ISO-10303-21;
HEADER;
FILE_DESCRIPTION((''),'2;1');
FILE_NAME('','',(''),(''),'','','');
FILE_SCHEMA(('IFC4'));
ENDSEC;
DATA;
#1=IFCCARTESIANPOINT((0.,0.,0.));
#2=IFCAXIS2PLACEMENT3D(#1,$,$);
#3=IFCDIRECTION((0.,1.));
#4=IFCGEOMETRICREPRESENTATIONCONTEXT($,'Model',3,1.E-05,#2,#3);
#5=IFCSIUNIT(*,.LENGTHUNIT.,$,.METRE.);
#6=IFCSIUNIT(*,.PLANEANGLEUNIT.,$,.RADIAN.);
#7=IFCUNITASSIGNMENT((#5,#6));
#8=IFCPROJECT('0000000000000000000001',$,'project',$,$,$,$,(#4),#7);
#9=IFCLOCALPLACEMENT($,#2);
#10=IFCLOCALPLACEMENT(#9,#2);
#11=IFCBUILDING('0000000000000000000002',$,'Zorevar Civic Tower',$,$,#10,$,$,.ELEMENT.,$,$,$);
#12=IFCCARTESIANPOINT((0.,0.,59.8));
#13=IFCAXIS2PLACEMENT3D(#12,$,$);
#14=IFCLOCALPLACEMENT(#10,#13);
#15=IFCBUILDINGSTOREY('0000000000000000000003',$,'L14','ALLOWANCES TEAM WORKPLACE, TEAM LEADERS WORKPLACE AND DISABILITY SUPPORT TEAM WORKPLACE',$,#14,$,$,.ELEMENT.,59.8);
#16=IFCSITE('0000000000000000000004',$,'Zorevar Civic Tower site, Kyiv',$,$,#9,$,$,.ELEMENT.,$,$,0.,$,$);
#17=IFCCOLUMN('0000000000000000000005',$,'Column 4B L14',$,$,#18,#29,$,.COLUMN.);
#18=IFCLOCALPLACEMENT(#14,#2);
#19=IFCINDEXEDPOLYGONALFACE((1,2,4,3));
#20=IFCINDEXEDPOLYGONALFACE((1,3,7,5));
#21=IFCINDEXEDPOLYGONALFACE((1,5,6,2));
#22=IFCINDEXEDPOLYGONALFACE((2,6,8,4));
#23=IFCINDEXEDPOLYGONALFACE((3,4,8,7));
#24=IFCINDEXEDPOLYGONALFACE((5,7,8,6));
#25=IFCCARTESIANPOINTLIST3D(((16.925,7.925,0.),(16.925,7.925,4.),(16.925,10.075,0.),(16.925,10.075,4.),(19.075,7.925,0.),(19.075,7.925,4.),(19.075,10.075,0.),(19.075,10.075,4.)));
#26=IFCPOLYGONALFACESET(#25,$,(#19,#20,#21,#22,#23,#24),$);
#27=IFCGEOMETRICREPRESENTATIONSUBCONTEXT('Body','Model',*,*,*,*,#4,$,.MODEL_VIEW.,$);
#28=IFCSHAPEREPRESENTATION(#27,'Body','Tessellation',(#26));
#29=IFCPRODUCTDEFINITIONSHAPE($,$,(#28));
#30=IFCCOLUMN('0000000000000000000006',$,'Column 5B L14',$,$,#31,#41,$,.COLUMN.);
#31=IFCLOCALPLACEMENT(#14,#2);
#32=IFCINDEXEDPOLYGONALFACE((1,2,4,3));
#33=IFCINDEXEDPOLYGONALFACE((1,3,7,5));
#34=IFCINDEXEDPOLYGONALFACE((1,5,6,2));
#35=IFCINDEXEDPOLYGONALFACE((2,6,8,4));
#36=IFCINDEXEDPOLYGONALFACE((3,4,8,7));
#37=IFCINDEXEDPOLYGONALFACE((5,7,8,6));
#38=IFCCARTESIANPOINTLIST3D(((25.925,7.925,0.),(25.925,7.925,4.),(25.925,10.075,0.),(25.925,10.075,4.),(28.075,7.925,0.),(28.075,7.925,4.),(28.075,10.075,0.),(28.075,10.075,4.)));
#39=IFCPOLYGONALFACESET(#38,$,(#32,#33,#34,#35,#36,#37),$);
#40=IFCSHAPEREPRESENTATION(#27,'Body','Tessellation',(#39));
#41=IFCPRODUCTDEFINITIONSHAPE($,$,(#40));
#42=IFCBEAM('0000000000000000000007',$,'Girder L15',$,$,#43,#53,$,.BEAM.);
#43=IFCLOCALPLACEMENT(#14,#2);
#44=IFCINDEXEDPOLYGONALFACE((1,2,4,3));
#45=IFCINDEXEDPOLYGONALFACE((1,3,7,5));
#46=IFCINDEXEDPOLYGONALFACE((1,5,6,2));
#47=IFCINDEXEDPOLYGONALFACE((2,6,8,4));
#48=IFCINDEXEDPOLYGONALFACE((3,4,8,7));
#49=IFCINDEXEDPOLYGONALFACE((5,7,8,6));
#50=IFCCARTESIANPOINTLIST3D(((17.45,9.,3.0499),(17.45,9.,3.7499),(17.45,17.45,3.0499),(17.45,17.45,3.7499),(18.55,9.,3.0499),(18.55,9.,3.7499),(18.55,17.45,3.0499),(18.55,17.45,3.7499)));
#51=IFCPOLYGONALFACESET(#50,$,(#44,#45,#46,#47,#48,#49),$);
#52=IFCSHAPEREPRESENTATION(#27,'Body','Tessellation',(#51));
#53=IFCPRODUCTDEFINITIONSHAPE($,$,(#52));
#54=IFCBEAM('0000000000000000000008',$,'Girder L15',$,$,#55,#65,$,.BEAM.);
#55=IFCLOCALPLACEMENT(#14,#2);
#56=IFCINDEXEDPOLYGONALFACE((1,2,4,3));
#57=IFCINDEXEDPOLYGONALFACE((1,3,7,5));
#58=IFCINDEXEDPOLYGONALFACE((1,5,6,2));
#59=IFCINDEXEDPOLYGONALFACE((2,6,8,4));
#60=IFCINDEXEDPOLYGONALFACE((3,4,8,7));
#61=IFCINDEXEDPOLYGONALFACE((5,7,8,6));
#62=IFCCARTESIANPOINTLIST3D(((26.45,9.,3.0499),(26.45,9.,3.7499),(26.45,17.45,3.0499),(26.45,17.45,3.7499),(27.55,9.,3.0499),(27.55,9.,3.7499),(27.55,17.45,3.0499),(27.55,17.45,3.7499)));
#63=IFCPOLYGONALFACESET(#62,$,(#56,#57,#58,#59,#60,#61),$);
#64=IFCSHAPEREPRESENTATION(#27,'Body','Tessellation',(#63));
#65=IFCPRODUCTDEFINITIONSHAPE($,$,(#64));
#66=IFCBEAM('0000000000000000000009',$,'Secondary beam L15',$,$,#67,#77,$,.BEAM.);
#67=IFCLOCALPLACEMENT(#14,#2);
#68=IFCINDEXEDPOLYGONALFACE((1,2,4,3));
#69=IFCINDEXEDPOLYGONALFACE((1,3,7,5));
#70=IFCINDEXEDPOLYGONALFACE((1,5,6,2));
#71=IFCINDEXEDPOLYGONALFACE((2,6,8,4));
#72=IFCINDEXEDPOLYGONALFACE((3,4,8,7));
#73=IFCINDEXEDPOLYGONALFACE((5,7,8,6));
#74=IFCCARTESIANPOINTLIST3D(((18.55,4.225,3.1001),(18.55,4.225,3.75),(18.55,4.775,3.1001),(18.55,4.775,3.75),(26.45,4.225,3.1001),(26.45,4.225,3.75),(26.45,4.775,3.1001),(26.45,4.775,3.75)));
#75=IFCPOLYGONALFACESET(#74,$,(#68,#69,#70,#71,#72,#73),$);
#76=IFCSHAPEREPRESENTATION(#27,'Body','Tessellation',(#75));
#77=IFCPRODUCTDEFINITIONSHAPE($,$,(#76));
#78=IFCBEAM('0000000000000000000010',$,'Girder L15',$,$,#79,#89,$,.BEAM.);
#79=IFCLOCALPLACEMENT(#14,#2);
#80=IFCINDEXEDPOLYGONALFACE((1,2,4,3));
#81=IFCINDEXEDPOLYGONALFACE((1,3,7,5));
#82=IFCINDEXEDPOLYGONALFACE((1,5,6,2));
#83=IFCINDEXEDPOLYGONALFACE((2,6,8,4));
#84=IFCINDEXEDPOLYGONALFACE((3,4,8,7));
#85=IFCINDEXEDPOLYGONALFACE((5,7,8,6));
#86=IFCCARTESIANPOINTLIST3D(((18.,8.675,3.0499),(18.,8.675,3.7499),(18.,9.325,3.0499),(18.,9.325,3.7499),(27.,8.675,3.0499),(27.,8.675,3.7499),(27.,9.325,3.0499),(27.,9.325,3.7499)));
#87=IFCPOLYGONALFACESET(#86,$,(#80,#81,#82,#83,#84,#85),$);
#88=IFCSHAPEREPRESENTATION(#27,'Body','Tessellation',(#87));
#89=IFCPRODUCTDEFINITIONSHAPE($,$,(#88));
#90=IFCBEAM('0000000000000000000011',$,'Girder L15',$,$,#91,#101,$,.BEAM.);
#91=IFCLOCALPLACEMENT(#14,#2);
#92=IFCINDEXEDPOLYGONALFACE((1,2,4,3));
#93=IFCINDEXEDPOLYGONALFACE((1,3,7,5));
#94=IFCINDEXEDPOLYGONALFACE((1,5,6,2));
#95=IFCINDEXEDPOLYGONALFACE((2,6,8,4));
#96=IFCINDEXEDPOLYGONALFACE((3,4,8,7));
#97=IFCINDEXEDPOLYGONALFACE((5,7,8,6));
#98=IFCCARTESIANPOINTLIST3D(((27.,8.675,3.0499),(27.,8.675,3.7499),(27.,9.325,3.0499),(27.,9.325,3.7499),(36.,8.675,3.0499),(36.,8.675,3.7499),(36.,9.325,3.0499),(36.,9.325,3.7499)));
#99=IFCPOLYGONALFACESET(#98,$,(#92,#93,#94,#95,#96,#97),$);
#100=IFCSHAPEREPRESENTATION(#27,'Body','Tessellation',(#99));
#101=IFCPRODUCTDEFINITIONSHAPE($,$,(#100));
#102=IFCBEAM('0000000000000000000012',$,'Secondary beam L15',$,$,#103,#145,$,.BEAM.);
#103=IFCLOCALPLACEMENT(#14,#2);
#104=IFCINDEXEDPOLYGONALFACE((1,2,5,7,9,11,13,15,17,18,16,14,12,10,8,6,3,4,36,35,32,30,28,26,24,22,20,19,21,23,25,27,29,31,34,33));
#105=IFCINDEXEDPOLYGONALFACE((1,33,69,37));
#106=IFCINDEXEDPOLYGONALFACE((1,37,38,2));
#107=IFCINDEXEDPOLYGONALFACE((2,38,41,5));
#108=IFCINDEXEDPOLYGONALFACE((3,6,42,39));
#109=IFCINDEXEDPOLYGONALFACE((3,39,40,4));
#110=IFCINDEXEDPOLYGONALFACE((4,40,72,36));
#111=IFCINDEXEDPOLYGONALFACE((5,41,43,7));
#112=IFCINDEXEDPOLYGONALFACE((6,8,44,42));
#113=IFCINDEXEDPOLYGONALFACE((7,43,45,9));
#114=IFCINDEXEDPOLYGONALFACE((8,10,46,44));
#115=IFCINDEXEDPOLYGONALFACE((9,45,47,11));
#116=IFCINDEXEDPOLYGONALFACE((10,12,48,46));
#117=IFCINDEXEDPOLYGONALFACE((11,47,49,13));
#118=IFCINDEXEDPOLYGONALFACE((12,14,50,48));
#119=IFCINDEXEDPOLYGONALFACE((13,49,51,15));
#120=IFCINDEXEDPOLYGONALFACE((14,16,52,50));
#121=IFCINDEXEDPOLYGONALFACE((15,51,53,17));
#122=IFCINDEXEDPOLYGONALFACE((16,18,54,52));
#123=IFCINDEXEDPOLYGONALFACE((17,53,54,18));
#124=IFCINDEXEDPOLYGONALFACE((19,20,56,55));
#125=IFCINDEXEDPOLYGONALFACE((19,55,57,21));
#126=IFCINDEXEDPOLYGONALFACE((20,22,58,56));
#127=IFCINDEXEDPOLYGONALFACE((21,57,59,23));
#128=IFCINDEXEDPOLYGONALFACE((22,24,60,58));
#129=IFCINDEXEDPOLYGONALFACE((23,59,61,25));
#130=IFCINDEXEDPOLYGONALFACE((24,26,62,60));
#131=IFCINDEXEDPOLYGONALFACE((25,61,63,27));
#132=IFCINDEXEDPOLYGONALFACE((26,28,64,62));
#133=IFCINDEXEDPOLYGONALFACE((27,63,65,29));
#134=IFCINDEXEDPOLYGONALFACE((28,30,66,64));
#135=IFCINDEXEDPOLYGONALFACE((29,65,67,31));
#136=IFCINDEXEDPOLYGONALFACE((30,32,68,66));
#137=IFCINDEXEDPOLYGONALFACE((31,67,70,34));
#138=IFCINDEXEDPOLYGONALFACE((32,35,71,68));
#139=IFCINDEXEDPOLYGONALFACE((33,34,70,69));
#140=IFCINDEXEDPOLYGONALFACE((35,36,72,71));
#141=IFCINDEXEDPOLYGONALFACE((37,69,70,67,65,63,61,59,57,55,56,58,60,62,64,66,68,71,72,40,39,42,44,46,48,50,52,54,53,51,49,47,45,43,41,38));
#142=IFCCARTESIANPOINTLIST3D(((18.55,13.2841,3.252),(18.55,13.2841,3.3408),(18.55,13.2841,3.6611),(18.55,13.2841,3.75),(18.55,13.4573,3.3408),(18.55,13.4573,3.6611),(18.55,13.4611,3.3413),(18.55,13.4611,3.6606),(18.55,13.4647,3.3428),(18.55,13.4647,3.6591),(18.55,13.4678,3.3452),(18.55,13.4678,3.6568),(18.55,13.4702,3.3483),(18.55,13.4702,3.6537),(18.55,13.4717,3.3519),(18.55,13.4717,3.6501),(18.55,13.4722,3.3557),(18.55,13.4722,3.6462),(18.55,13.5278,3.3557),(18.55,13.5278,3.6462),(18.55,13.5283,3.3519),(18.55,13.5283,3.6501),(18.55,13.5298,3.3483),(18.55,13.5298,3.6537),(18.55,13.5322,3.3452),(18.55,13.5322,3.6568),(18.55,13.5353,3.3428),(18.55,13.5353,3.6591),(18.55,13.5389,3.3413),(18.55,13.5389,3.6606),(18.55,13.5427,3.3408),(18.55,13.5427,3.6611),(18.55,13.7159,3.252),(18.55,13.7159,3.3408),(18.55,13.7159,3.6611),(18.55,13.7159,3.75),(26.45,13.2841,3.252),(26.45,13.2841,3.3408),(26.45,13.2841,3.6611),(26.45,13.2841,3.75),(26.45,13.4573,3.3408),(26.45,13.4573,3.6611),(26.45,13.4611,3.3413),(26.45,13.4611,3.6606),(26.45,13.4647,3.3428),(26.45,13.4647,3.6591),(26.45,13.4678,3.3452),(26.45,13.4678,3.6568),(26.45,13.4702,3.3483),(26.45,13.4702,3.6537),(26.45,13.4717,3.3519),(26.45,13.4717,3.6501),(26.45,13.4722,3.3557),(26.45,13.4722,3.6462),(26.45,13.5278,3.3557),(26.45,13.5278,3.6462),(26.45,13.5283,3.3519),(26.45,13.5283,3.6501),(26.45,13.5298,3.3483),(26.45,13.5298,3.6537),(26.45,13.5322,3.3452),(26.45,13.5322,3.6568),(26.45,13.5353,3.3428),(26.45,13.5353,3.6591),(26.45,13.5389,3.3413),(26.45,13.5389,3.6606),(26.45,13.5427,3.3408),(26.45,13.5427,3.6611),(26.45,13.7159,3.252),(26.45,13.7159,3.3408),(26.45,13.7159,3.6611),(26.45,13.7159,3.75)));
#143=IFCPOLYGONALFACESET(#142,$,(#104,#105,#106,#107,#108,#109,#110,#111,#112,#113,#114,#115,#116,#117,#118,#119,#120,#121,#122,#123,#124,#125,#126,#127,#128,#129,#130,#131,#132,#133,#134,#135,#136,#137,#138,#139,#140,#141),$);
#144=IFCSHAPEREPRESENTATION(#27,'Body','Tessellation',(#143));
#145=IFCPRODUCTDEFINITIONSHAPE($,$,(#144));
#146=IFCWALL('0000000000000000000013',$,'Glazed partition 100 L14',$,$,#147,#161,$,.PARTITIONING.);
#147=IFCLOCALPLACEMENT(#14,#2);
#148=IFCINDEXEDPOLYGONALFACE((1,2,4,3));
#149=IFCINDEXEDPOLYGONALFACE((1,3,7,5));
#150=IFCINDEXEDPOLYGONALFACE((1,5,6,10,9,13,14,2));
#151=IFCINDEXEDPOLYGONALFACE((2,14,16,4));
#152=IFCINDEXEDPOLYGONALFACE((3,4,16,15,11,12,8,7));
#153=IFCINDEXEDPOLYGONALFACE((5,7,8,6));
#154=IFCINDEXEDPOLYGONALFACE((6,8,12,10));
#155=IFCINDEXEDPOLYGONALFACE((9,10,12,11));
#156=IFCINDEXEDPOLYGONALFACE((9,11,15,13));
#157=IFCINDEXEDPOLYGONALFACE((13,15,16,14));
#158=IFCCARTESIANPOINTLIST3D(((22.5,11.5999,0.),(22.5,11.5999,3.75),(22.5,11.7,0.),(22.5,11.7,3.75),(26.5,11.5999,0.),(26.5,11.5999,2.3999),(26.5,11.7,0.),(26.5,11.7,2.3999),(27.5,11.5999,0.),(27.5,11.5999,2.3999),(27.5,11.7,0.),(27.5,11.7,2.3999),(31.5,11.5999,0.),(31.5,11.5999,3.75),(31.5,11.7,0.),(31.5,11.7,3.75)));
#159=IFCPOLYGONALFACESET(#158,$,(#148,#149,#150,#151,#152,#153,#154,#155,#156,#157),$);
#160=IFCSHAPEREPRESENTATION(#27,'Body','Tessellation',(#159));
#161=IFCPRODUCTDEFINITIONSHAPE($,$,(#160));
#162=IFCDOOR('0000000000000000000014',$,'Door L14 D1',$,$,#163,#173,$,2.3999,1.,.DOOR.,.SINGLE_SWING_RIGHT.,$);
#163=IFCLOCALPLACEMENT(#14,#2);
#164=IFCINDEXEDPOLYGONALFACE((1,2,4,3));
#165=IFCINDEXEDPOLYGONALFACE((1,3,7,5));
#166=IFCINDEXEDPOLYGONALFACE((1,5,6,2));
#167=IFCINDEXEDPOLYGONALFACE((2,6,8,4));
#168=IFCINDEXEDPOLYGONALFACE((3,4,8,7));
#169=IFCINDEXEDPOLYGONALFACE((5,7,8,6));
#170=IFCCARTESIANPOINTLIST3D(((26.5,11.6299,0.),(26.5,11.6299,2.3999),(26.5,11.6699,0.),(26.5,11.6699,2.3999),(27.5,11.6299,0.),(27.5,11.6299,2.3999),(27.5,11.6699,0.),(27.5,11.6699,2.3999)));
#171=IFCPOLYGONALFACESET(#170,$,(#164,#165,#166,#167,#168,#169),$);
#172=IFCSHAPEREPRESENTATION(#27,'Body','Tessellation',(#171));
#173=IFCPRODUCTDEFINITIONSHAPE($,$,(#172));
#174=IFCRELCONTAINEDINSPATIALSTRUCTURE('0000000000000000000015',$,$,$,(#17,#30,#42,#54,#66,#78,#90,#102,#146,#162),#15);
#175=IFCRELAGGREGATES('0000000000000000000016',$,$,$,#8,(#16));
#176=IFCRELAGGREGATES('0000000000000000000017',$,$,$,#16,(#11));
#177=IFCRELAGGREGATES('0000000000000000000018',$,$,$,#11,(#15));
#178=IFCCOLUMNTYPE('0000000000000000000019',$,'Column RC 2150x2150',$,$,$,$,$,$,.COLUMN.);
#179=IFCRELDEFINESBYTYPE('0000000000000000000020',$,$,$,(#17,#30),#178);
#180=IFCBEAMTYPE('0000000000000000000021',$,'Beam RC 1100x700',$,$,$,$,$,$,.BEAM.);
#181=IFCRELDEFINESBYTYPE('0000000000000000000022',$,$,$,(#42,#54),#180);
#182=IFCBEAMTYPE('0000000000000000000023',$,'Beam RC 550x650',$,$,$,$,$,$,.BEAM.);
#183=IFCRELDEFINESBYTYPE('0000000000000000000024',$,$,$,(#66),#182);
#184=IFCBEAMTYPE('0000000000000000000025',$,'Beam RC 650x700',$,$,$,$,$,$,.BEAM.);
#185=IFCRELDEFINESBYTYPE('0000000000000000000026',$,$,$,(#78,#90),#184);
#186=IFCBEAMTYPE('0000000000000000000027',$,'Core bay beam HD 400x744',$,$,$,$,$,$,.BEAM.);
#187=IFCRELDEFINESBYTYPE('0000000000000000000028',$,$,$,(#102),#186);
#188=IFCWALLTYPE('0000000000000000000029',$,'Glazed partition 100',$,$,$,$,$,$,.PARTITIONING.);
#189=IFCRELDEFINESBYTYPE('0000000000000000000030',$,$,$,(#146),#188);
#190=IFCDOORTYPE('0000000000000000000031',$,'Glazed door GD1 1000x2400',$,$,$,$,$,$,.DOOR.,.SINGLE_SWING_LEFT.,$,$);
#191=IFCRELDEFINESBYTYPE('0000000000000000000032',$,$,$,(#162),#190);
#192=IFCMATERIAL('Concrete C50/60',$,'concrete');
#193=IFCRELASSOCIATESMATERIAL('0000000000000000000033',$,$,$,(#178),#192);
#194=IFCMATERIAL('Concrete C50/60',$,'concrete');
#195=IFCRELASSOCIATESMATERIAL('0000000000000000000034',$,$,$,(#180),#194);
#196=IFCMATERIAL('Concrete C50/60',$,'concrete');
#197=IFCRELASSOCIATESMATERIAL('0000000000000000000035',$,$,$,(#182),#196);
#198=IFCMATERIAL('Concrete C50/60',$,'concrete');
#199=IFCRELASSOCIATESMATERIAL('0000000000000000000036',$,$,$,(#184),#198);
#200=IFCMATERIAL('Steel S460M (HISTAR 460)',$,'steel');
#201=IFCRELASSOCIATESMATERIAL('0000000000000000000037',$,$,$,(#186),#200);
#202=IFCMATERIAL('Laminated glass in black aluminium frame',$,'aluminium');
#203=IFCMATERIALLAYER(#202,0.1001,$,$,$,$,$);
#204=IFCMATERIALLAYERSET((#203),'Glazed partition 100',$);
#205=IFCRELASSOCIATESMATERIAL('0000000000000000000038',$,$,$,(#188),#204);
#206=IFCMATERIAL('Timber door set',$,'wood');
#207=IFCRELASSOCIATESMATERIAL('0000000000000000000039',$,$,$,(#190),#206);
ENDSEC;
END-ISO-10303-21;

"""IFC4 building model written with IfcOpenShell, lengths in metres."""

from ifc_helpers import new_model, si_unit, direction, frame, frame_2d, origin, origin_2d, place, context, subcontext, project, spatial, rectangle, i_section, extrude, material, layer, layer_set, material_profile, profile_set, type_object, element, fill, save


model = new_model("IFC4")

# Units and contexts
model_context = context("Model", 3, precision=1e-05, world=origin(), true_north=direction((0.0, 1.0)))
body_context = subcontext(model_context, "Body", "Model", "MODEL_VIEW")
ifc_project = project(units=[si_unit("LENGTHUNIT", "METRE"), si_unit("PLANEANGLEUNIT", "RADIAN")], contexts=[model_context])

# Site, building, storey
site_placement = place(None, origin())
site = spatial("IfcSite", under=ifc_project, at=site_placement, Name="Zorevar Civic Tower site, Kyiv", CompositionType="ELEMENT", RefElevation=0.0)
building_placement = place(site_placement, origin())
building = spatial("IfcBuilding", under=site, at=building_placement, Name="Zorevar Civic Tower", CompositionType="ELEMENT")
storey_placement = place(building_placement, frame((0.0, 0.0, 59.8)))
storey = spatial("IfcBuildingStorey", under=building, at=storey_placement, Name="L14", Description="ALLOWANCES TEAM WORKPLACE, TEAM LEADERS WORKPLACE AND DISABILITY SUPPORT TEAM WORKPLACE", CompositionType="ELEMENT", Elevation=59.8)

# Columns
ifc_material_1 = material(Name="Concrete C50/60", Category="concrete")
ifc_material_profile_1 = material_profile(ifc_material_1, rectangle(XDim=2.1499, YDim=2.1499, at=origin_2d()), Name="RC 2150x2150")
ifc_profile_set_1 = profile_set([ifc_material_profile_1], Name="Concrete C50/60")
column_type = type_object("IfcColumnType", Name="Column RC 2150x2150", PredefinedType="COLUMN", material=ifc_profile_set_1)
for number, where, z_axis, x_axis, name in (
    (1, (18.0, 9.0, 0.0), (0.0, 0.0, 1.0), (1.0, 0.0, 0.0), "Column 4B L14"),
    (2, (27.0, 9.0, 0.0), (0.0, 0.0, 1.0), (1.0, 0.0, 0.0), "Column 5B L14"),
):
    element("IfcColumn", number, at=place(storey_placement, frame(where, z_axis=z_axis, x_axis=x_axis)), inside=storey, type_object=column_type, Name=name, PredefinedType="COLUMN", context=body_context, shape_type="SweptSolid", body=[
        extrude(rectangle(XDim=2.1499, YDim=2.1499, at=origin_2d()), origin(), (0.0, 0.0, 1.0), 4.0),
    ])

# Beams
ifc_material_2 = material(Name="Concrete C50/60", Category="concrete")
ifc_material_profile_2 = material_profile(ifc_material_2, rectangle(XDim=1.1001, YDim=0.7, at=origin_2d()), Name="RC 1100x700")
ifc_profile_set_2 = profile_set([ifc_material_profile_2], Name="Concrete C50/60")
beam_type_1 = type_object("IfcBeamType", Name="Beam RC 1100x700", PredefinedType="BEAM", material=ifc_profile_set_2)
for number, where, z_axis, x_axis, name in (
    (3, (18.0, 9.0, 3.3999), (0.0, 1.0, 0.0), (-1.0, 0.0, 0.0), "Girder L15"),
    (4, (27.0, 9.0, 3.3999), (0.0, 1.0, 0.0), (-1.0, 0.0, 0.0), "Girder L15"),
):
    element("IfcBeam", number, at=place(storey_placement, frame(where, z_axis=z_axis, x_axis=x_axis)), inside=storey, type_object=beam_type_1, Name=name, PredefinedType="BEAM", context=body_context, shape_type="SweptSolid", body=[
        extrude(rectangle(XDim=1.1001, YDim=0.7, at=origin_2d()), origin(), (0.0, 0.0, 1.0), 8.45),
    ])
ifc_material_3 = material(Name="Concrete C50/60", Category="concrete")
ifc_material_profile_3 = material_profile(ifc_material_3, rectangle(XDim=0.55, YDim=0.6499, at=origin_2d()), Name="RC 550x650")
ifc_profile_set_3 = profile_set([ifc_material_profile_3], Name="Concrete C50/60")
beam_type_2 = type_object("IfcBeamType", Name="Beam RC 550x650", PredefinedType="BEAM", material=ifc_profile_set_3)
beam_1_placement = place(storey_placement, frame((18.55, 4.5, 3.425), z_axis=(1.0, 0.0, 0.0), x_axis=(0.0, 1.0, 0.0)))
element("IfcBeam", 5, at=beam_1_placement, inside=storey, type_object=beam_type_2, Name="Secondary beam L15", PredefinedType="BEAM", context=body_context, shape_type="SweptSolid", body=[
    extrude(rectangle(XDim=0.55, YDim=0.6499, at=origin_2d()), origin(), (0.0, 0.0, 1.0), 7.8999),
])
ifc_material_4 = material(Name="Concrete C50/60", Category="concrete")
ifc_material_profile_4 = material_profile(ifc_material_4, rectangle(XDim=0.6499, YDim=0.7, at=origin_2d()), Name="RC 650x700")
ifc_profile_set_4 = profile_set([ifc_material_profile_4], Name="Concrete C50/60")
beam_type_3 = type_object("IfcBeamType", Name="Beam RC 650x700", PredefinedType="BEAM", material=ifc_profile_set_4)
for number, where, z_axis, x_axis, name in (
    (6, (18.0, 9.0, 3.3999), (1.0, 0.0, 0.0), (0.0, 1.0, 0.0), "Girder L15"),
    (7, (27.0, 9.0, 3.3999), (1.0, 0.0, 0.0), (0.0, 1.0, 0.0), "Girder L15"),
):
    element("IfcBeam", number, at=place(storey_placement, frame(where, z_axis=z_axis, x_axis=x_axis)), inside=storey, type_object=beam_type_3, Name=name, PredefinedType="BEAM", context=body_context, shape_type="SweptSolid", body=[
        extrude(rectangle(XDim=0.6499, YDim=0.7, at=origin_2d()), origin(), (0.0, 0.0, 1.0), 9.0),
    ])
ifc_material_5 = material(Name="Steel S460M (HISTAR 460)", Category="steel")
ifc_material_profile_5 = material_profile(ifc_material_5, i_section(OverallWidth=0.4319, OverallDepth=0.498, WebThickness=0.0557, FlangeThickness=0.0889, FilletRadius=0.0149, at=origin_2d()), Name="HD 400x744")
ifc_profile_set_5 = profile_set([ifc_material_profile_5], Name="Steel S460M (HISTAR 460)")
beam_type_4 = type_object("IfcBeamType", Name="Core bay beam HD 400x744", PredefinedType="BEAM", material=ifc_profile_set_5)
beam_2_placement = place(storey_placement, frame((18.55, 13.5, 3.501), z_axis=(1.0, 0.0, 0.0), x_axis=(0.0, 1.0, 0.0)))
element("IfcBeam", 8, at=beam_2_placement, inside=storey, type_object=beam_type_4, Name="Secondary beam L15", PredefinedType="BEAM", context=body_context, shape_type="SweptSolid", body=[
    extrude(i_section(OverallWidth=0.4319, OverallDepth=0.498, WebThickness=0.0557, FlangeThickness=0.0889, FilletRadius=0.0149, at=origin_2d()), origin(), (0.0, 0.0, 1.0), 7.8999),
])

# Wall, opening, door
ifc_material_6 = material(Name="Laminated glass in black aluminium frame", Category="aluminium")
ifc_layer_1 = layer(ifc_material_6, 0.1001)
ifc_layer_set_1 = layer_set([ifc_layer_1], Name="Glazed partition 100")
wall_type_1 = type_object("IfcWallType", Name="Glazed partition 100", PredefinedType="PARTITIONING", material=ifc_layer_set_1)
wall_1_placement = place(storey_placement, frame((22.5, 11.6499, 0.0), z_axis=(0.0, 0.0, 1.0), x_axis=(1.0, 0.0, 0.0)))
wall_1 = element("IfcWall", 9, at=wall_1_placement, inside=storey, type_object=wall_type_1, Name="Glazed partition 100 L14", PredefinedType="PARTITIONING", context=body_context, shape_type="SweptSolid", body=[
    extrude(rectangle(XDim=9.0, YDim=0.1001, at=frame_2d((4.5, 0.0))), origin(), (0.0, 0.0, 1.0), 3.75),
])
opening_1_placement = place(wall_1_placement, frame((4.0, 0.0, 0.0)))
opening_1 = element("IfcOpeningElement", 10, at=opening_1_placement, cuts=wall_1, PredefinedType="OPENING", context=body_context, shape_type="SweptSolid", body=[
    extrude(rectangle(XDim=1.0, YDim=2.3999, at=frame_2d((0.5, 1.2))), frame((0.0, 0.0601, 0.0), z_axis=(0.0, -1.0, 0.0), x_axis=(1.0, 0.0, 0.0)), (0.0, 0.0, 1.0), 0.1201),
])
ifc_material_7 = material(Name="Timber door set", Category="wood")
door_type_1 = type_object("IfcDoorType", Name="Glazed door GD1 1000x2400", OperationType="SINGLE_SWING_LEFT", PredefinedType="DOOR", material=ifc_material_7)
door_1_placement = place(opening_1_placement, origin())
door_1 = element("IfcDoor", 11, at=door_1_placement, inside=storey, type_object=door_type_1, Name="Door L14 D1", OperationType="SINGLE_SWING_RIGHT", OverallHeight=2.3999, OverallWidth=1.0, PredefinedType="DOOR", context=body_context, shape_type="SweptSolid", body=[
    extrude(rectangle(XDim=1.0, YDim=2.3999, at=frame_2d((0.5, 1.2))), frame((0.0, 0.02, 0.0), z_axis=(0.0, -1.0, 0.0), x_axis=(1.0, 0.0, 0.0)), (0.0, 0.0, 1.0), 0.04),
])
fill(opening_1, door_1)

save(model, "model.ifc")
